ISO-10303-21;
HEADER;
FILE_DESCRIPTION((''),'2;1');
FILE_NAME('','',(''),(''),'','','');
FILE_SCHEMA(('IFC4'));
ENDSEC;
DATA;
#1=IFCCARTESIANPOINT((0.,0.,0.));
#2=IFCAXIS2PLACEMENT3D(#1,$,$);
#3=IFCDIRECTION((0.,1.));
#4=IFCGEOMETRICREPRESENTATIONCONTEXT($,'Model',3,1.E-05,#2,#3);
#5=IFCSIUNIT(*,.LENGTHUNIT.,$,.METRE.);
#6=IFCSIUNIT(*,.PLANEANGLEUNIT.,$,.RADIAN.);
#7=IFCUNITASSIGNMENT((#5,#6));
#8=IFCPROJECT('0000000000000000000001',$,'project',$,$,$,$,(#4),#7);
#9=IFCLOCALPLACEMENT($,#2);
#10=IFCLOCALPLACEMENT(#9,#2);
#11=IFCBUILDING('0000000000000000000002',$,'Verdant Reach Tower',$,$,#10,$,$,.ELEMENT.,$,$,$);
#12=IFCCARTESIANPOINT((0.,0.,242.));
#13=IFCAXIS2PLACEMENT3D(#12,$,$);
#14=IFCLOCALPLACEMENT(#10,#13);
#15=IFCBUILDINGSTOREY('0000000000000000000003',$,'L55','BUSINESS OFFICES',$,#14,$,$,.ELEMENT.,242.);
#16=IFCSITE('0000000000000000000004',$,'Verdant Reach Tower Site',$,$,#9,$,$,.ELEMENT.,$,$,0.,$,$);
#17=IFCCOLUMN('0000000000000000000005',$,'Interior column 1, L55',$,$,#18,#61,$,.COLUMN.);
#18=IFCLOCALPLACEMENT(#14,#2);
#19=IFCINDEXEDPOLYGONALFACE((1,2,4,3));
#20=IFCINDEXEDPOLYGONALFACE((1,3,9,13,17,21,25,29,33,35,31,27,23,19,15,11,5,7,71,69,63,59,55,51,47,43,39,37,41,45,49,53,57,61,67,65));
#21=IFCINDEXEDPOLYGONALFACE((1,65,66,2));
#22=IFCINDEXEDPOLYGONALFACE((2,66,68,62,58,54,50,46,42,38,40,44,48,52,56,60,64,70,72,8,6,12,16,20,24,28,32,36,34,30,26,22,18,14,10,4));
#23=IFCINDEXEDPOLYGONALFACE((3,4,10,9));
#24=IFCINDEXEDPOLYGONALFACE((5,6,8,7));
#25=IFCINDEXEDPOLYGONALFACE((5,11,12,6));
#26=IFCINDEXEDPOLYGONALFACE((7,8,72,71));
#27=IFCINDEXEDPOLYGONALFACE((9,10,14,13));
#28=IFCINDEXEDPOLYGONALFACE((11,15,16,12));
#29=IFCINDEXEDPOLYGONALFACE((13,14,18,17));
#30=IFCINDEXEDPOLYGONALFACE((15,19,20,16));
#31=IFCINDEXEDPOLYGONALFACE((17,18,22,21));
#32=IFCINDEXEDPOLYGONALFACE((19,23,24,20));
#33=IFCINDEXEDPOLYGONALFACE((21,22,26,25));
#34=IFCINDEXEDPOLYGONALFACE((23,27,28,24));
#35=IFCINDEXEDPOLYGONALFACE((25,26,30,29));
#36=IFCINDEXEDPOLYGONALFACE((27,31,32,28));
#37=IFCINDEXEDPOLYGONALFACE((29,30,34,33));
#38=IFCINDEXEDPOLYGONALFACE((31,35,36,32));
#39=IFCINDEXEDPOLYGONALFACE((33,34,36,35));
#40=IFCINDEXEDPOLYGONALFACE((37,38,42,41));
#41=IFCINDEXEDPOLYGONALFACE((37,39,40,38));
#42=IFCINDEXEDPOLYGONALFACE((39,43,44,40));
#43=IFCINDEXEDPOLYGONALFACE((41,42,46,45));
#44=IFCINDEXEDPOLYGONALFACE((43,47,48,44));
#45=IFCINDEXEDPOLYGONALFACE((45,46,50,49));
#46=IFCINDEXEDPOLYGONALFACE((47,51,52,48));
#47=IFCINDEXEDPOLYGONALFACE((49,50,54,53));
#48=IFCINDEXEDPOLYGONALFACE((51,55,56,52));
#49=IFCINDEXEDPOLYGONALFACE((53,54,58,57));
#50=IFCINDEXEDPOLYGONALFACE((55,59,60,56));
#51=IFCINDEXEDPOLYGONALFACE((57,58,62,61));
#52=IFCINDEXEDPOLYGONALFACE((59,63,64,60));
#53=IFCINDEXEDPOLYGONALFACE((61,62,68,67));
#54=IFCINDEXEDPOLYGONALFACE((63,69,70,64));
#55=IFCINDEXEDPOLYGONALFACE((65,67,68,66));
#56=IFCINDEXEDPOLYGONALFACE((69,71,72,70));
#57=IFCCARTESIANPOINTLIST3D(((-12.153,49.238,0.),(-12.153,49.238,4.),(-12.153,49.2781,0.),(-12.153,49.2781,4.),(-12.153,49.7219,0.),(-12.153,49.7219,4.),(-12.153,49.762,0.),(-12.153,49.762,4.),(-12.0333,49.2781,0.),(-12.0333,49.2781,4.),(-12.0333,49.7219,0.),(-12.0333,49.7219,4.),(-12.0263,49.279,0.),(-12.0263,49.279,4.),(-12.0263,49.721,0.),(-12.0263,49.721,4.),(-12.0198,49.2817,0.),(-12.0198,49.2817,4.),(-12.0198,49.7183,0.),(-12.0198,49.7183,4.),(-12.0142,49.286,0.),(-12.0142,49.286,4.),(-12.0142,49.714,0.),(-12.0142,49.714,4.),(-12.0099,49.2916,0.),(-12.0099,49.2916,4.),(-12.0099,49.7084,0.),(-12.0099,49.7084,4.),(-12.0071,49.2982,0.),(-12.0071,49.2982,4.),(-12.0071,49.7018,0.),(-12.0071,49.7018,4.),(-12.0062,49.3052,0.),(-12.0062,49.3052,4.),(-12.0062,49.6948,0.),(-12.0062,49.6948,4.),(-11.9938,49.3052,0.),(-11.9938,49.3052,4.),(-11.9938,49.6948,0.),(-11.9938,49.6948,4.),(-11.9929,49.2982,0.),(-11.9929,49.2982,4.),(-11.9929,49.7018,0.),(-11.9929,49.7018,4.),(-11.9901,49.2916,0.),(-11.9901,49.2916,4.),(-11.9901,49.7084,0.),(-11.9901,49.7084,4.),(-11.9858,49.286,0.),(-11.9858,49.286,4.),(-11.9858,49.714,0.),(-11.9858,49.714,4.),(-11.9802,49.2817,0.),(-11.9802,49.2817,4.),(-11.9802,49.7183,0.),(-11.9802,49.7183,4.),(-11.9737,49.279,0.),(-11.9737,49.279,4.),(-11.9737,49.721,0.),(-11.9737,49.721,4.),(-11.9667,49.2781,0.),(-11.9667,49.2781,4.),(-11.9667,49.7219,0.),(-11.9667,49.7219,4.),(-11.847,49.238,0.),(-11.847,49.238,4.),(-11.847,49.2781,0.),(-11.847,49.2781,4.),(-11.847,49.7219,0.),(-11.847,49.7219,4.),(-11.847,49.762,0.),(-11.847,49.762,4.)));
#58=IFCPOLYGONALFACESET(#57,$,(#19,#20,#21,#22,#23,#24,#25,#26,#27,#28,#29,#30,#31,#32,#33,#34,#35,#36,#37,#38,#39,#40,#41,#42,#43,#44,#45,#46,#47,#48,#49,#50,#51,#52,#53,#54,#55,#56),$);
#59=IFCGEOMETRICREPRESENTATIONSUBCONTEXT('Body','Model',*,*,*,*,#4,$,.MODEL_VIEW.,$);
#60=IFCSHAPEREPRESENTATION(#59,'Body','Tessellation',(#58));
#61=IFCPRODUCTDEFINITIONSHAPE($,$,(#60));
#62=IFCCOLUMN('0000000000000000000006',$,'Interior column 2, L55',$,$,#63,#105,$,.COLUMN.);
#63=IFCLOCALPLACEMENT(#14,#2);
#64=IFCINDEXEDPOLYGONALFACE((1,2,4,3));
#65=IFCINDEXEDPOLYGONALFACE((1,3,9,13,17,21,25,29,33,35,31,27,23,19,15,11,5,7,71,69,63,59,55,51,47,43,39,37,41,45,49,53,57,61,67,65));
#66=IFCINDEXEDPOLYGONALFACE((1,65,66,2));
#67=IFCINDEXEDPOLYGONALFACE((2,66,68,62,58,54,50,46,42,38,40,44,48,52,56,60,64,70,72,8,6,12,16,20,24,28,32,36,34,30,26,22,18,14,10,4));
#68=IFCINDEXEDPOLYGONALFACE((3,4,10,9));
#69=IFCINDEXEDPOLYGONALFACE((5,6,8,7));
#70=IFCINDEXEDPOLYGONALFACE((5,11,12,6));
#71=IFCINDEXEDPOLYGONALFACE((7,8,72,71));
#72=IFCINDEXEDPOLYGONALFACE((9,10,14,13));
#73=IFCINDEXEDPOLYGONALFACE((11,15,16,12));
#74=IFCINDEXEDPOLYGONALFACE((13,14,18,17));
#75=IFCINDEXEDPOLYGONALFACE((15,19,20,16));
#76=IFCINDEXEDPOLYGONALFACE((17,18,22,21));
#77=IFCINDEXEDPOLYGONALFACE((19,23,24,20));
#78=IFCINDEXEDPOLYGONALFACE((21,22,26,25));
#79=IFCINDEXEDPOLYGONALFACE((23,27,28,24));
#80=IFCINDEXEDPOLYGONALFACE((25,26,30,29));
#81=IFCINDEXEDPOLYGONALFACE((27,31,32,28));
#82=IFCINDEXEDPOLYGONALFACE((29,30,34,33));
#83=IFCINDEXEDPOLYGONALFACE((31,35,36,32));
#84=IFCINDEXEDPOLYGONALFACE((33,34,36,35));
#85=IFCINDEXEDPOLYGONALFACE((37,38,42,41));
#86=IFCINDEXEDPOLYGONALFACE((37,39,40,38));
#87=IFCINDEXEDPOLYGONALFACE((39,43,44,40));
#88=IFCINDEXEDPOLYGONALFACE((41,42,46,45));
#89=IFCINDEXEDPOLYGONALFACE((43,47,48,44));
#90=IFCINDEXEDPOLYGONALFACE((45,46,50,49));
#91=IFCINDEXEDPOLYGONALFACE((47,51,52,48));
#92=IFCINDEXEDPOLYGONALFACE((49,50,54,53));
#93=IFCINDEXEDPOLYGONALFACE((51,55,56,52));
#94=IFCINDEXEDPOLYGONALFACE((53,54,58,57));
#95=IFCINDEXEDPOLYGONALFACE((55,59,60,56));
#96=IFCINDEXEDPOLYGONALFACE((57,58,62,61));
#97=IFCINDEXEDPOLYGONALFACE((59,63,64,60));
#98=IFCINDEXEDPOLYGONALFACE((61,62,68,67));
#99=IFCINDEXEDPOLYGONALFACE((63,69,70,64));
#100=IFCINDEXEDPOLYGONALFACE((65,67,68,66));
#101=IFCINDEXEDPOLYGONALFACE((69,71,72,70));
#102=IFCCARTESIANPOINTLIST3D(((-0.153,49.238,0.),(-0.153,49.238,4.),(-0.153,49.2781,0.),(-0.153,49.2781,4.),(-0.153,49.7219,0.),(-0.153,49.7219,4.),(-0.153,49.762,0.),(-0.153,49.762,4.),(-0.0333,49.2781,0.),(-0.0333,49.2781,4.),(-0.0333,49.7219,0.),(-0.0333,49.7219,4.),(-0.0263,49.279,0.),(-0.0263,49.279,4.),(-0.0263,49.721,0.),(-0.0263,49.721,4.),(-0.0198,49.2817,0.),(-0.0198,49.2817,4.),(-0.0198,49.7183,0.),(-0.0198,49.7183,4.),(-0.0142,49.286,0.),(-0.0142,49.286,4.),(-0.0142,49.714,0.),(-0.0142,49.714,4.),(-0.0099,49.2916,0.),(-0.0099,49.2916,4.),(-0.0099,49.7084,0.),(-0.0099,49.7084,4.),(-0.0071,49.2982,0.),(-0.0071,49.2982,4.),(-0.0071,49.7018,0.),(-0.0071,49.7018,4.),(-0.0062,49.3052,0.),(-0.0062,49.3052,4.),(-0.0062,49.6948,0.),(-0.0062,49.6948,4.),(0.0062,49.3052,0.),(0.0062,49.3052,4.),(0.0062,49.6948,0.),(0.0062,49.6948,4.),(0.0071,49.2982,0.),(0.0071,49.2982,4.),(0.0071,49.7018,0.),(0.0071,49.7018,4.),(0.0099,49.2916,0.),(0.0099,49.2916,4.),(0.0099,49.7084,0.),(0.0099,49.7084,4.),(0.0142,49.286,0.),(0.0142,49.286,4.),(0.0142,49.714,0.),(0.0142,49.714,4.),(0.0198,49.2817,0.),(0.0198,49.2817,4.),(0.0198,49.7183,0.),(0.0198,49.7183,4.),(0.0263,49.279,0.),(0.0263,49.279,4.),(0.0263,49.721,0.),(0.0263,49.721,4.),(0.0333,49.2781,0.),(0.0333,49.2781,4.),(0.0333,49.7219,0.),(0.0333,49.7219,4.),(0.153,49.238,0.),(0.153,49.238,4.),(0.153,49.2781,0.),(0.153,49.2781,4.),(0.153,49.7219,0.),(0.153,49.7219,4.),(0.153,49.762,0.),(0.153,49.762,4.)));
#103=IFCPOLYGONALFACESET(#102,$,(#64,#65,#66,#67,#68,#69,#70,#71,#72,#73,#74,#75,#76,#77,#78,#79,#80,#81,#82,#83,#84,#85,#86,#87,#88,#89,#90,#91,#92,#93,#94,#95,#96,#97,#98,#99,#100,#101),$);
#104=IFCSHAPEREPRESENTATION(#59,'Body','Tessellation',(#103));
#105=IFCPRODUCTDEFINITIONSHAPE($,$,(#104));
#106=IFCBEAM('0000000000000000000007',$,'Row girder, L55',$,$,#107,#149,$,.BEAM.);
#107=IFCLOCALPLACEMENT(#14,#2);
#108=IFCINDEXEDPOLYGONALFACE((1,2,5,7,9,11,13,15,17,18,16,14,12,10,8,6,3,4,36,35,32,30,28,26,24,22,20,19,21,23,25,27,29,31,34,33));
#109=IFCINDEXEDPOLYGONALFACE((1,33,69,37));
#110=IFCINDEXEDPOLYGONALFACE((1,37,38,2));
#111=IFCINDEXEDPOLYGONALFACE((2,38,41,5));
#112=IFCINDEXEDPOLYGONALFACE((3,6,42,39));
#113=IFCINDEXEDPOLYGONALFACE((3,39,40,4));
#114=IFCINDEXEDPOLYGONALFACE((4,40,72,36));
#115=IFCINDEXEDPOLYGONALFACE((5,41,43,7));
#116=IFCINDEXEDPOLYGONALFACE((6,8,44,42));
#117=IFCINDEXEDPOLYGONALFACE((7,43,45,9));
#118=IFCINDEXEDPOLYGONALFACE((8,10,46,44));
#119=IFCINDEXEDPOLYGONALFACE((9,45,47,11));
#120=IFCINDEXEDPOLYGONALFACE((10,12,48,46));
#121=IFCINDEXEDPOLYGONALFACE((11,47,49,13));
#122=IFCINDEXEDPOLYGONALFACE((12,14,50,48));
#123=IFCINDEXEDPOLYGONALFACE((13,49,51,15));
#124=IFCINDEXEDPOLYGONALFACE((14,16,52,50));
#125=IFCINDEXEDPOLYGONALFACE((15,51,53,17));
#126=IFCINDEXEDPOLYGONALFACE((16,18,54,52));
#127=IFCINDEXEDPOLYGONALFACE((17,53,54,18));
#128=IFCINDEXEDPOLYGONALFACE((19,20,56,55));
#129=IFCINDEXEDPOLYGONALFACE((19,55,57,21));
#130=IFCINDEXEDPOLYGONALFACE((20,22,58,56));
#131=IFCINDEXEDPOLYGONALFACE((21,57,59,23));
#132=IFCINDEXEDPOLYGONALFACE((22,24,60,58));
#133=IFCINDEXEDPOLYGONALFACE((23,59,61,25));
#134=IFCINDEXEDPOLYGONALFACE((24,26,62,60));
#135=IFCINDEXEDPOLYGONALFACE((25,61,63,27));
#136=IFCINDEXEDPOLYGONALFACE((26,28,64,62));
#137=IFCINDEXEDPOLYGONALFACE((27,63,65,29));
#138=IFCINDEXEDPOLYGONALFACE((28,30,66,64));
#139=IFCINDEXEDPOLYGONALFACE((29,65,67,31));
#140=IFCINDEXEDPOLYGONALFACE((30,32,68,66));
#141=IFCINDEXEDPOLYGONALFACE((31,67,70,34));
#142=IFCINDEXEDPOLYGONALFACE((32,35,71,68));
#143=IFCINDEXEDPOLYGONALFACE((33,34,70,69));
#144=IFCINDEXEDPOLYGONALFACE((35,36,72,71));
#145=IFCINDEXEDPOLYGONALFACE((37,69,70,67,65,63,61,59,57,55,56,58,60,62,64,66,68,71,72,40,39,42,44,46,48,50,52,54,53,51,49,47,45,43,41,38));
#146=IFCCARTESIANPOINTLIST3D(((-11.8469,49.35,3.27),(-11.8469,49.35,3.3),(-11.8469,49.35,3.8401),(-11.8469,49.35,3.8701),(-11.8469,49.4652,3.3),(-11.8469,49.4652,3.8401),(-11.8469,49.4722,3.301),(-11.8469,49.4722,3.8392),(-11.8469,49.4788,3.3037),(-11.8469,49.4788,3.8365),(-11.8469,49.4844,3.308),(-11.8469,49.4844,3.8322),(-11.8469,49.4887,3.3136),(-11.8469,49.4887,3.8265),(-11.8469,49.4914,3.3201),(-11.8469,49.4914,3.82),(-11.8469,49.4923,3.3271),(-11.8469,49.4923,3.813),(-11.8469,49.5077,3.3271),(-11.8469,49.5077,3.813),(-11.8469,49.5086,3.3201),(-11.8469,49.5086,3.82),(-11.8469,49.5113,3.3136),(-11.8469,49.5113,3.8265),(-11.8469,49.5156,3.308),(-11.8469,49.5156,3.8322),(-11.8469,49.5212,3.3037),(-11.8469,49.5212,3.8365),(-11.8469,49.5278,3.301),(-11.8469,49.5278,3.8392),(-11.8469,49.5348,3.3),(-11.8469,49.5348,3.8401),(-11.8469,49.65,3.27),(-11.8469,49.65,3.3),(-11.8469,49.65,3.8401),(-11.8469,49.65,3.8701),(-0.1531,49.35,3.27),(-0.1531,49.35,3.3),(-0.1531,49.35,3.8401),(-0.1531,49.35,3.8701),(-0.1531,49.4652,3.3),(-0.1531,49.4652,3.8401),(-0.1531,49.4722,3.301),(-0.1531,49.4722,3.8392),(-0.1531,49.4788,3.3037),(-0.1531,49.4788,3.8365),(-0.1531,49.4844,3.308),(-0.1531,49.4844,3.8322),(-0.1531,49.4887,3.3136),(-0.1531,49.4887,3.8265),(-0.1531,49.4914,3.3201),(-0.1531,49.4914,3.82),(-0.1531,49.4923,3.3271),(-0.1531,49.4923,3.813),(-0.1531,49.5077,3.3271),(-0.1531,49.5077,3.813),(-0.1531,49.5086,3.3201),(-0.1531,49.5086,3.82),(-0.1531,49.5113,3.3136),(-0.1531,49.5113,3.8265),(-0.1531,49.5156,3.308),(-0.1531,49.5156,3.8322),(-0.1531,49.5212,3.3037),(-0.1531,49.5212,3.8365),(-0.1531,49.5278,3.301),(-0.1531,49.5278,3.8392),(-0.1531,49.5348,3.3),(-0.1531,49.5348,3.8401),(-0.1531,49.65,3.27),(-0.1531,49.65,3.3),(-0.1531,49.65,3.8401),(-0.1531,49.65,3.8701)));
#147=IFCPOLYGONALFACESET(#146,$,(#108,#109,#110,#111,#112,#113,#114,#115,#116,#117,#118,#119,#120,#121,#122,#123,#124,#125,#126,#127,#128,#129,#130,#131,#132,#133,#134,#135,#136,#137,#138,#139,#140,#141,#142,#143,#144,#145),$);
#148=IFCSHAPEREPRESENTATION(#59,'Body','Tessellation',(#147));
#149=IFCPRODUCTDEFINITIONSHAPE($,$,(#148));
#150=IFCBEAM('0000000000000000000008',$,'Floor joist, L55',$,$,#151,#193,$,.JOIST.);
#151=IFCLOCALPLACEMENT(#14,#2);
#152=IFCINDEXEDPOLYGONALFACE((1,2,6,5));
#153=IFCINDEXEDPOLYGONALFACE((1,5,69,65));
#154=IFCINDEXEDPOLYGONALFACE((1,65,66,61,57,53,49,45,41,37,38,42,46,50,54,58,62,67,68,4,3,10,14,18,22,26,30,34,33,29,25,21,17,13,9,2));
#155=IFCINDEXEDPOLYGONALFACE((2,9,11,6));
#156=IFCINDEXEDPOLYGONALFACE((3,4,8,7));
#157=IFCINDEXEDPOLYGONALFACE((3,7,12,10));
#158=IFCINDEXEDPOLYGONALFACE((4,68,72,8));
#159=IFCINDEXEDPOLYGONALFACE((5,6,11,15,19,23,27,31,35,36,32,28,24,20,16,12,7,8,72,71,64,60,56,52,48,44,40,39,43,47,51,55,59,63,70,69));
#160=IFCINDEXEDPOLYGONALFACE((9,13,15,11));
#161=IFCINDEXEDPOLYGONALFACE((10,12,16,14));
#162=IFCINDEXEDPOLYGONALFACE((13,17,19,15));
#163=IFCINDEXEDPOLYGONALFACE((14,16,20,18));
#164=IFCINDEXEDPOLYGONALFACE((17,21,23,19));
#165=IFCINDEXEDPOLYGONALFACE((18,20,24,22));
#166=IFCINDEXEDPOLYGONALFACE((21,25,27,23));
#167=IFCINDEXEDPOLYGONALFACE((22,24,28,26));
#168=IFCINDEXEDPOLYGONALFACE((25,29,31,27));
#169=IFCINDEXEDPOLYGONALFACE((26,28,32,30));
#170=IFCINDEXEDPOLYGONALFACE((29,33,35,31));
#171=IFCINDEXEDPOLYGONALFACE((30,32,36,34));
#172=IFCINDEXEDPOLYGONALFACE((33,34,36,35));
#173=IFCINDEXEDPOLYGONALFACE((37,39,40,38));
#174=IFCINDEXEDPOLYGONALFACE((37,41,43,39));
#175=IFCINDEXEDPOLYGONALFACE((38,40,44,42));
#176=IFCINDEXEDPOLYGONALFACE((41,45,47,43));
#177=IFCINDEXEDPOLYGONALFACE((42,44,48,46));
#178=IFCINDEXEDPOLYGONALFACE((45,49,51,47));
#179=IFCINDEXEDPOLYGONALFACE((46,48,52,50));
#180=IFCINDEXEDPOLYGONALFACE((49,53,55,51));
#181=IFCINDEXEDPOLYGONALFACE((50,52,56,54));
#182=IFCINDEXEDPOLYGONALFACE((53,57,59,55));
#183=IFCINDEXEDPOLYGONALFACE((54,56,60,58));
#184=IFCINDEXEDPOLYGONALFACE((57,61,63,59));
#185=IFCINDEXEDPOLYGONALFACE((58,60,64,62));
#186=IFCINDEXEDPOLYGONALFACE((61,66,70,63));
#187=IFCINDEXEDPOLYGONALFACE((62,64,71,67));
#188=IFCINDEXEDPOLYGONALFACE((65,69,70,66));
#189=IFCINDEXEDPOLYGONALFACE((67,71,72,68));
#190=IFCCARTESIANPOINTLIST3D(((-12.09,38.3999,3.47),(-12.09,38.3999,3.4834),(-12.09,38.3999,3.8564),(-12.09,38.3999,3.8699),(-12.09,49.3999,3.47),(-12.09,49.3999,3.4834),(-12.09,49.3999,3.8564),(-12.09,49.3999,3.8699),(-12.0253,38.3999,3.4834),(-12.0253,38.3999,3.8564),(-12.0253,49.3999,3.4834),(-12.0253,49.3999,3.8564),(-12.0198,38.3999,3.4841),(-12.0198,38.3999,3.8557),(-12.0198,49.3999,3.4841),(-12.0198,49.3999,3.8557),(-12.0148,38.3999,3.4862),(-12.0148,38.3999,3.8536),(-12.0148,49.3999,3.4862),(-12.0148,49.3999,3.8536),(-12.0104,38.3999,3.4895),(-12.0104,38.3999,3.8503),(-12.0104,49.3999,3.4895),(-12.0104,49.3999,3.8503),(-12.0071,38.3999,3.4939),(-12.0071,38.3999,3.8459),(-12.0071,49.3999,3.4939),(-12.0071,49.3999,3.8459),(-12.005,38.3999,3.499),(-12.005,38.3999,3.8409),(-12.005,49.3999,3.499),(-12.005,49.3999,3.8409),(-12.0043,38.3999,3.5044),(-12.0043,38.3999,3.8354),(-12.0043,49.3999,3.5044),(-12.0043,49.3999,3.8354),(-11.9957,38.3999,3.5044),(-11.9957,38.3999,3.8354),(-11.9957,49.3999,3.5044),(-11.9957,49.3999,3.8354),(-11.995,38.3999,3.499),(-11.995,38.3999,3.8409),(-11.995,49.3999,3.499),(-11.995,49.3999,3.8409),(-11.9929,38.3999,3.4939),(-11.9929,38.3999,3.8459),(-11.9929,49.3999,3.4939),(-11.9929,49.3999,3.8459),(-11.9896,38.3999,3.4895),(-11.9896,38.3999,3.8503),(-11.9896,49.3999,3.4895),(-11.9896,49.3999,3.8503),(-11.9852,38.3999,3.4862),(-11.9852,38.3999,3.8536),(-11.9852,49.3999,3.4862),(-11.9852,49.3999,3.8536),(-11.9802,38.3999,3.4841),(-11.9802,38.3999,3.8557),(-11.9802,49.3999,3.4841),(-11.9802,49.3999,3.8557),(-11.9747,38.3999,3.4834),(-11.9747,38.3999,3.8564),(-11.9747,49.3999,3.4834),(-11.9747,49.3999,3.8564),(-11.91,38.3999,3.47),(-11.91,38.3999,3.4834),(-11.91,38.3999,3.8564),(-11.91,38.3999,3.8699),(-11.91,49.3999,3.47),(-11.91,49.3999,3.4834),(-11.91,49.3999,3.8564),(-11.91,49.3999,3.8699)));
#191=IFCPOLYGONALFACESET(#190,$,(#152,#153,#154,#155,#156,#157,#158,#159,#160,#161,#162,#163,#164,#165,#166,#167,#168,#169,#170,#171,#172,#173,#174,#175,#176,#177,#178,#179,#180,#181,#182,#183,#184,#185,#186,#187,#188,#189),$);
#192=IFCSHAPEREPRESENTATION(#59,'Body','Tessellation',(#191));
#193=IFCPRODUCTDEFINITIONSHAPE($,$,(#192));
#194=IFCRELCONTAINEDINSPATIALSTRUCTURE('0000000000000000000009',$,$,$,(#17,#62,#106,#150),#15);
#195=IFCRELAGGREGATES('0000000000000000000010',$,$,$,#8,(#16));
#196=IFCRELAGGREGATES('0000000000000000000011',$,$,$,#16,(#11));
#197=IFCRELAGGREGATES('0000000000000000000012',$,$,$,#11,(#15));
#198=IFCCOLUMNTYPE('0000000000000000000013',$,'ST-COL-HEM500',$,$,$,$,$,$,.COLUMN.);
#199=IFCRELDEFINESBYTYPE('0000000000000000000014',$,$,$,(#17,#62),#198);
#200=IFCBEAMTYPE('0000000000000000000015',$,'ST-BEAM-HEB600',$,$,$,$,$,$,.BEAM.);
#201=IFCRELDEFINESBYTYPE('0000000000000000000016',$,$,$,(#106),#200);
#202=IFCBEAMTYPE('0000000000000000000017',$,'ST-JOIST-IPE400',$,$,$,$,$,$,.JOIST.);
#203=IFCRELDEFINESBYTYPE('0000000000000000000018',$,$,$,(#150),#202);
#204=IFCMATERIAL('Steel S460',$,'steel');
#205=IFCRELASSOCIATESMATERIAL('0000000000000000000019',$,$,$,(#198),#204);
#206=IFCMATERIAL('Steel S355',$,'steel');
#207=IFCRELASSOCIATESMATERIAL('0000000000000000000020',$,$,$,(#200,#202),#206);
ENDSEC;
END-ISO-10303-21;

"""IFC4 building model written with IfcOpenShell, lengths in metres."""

from ifc_helpers import new_model, si_unit, direction, frame, origin, origin_2d, place, context, subcontext, project, spatial, i_section, extrude, material, material_profile, profile_set, type_object, element, save


model = new_model("IFC4")

# Units and contexts
model_context = context("Model", 3, precision=1e-05, world=origin(), true_north=direction((0.0, 1.0)))
body_context = subcontext(model_context, "Body", "Model", "MODEL_VIEW")
ifc_project = project(units=[si_unit("LENGTHUNIT", "METRE"), si_unit("PLANEANGLEUNIT", "RADIAN")], contexts=[model_context])

# Site, building, storey
site_placement = place(None, origin())
site = spatial("IfcSite", under=ifc_project, at=site_placement, Name="Verdant Reach Tower Site", CompositionType="ELEMENT", RefElevation=0.0)
building_placement = place(site_placement, origin())
building = spatial("IfcBuilding", under=site, at=building_placement, Name="Verdant Reach Tower", CompositionType="ELEMENT")
storey_placement = place(building_placement, frame((0.0, 0.0, 242.0)))
storey = spatial("IfcBuildingStorey", under=building, at=storey_placement, Name="L55", Description="BUSINESS OFFICES", CompositionType="ELEMENT", Elevation=242.0)

# Columns
ifc_material_1 = material(Name="Steel S460", Category="steel")
ifc_material_profile_1 = material_profile(ifc_material_1, i_section(OverallWidth=0.3059, OverallDepth=0.5239, WebThickness=0.0125, FlangeThickness=0.04, FilletRadius=0.0271, at=origin_2d()), Name="HEM 500")
ifc_profile_set_1 = profile_set([ifc_material_profile_1], Name="Steel S460")
column_type = type_object("IfcColumnType", Name="ST-COL-HEM500", PredefinedType="COLUMN", material=ifc_profile_set_1)
for number, where, z_axis, x_axis, name in (
    (1, (-12.0, 49.5, 0.0), (0.0, 0.0, 1.0), (1.0, 0.0, 0.0), "Interior column 1, L55"),
    (2, (0.0, 49.5, 0.0), (0.0, 0.0, 1.0), (1.0, 0.0, 0.0), "Interior column 2, L55"),
):
    element("IfcColumn", number, at=place(storey_placement, frame(where, z_axis=z_axis, x_axis=x_axis)), inside=storey, type_object=column_type, Name=name, PredefinedType="COLUMN", context=body_context, shape_type="SweptSolid", body=[
        extrude(i_section(OverallWidth=0.3059, OverallDepth=0.5239, WebThickness=0.0125, FlangeThickness=0.04, FilletRadius=0.0271, at=origin_2d()), origin(), (0.0, 0.0, 1.0), 4.0),
    ])

# Beams
ifc_material_2 = material(Name="Steel S355", Category="steel")
ifc_material_profile_2 = material_profile(ifc_material_2, i_section(OverallWidth=0.3, OverallDepth=0.6001, WebThickness=0.0154, FlangeThickness=0.03, FilletRadius=0.0271, at=origin_2d()), Name="HEB 600")
ifc_profile_set_2 = profile_set([ifc_material_profile_2], Name="Steel S355")
beam_type_1 = type_object("IfcBeamType", Name="ST-BEAM-HEB600", PredefinedType="BEAM", material=ifc_profile_set_2)
beam_1_placement = place(storey_placement, frame((-11.8469, 49.5, 3.5701), z_axis=(1.0, 0.0, 0.0), x_axis=(0.0, 1.0, 0.0)))
element("IfcBeam", 3, at=beam_1_placement, inside=storey, type_object=beam_type_1, Name="Row girder, L55", PredefinedType="BEAM", context=body_context, shape_type="SweptSolid", body=[
    extrude(i_section(OverallWidth=0.3, OverallDepth=0.6001, WebThickness=0.0154, FlangeThickness=0.03, FilletRadius=0.0271, at=origin_2d()), origin(), (0.0, 0.0, 1.0), 11.6938),
])
ifc_material_profile_3 = material_profile(ifc_material_2, i_section(OverallWidth=0.1799, OverallDepth=0.3999, WebThickness=0.0085, FlangeThickness=0.0134, FilletRadius=0.021, at=origin_2d()), Name="IPE 400")
ifc_profile_set_3 = profile_set([ifc_material_profile_3], Name="Steel S355")
beam_type_2 = type_object("IfcBeamType", Name="ST-JOIST-IPE400", PredefinedType="JOIST", material=ifc_profile_set_3)
for number, where, z_axis, x_axis, name in (
    (4, (-12.0, 38.3999, 3.6699), (0.0, 1.0, 0.0), (-1.0, 0.0, 0.0), "Floor joist, L55"),
):
    element("IfcBeam", number, at=place(storey_placement, frame(where, z_axis=z_axis, x_axis=x_axis)), inside=storey, type_object=beam_type_2, Name=name, PredefinedType="JOIST", context=body_context, shape_type="SweptSolid", body=[
        extrude(i_section(OverallWidth=0.1799, OverallDepth=0.3999, WebThickness=0.0085, FlangeThickness=0.0134, FilletRadius=0.021, at=origin_2d()), origin(), (0.0, 0.0, 1.0), 11.0),
    ])

save(model, "model.ifc")
